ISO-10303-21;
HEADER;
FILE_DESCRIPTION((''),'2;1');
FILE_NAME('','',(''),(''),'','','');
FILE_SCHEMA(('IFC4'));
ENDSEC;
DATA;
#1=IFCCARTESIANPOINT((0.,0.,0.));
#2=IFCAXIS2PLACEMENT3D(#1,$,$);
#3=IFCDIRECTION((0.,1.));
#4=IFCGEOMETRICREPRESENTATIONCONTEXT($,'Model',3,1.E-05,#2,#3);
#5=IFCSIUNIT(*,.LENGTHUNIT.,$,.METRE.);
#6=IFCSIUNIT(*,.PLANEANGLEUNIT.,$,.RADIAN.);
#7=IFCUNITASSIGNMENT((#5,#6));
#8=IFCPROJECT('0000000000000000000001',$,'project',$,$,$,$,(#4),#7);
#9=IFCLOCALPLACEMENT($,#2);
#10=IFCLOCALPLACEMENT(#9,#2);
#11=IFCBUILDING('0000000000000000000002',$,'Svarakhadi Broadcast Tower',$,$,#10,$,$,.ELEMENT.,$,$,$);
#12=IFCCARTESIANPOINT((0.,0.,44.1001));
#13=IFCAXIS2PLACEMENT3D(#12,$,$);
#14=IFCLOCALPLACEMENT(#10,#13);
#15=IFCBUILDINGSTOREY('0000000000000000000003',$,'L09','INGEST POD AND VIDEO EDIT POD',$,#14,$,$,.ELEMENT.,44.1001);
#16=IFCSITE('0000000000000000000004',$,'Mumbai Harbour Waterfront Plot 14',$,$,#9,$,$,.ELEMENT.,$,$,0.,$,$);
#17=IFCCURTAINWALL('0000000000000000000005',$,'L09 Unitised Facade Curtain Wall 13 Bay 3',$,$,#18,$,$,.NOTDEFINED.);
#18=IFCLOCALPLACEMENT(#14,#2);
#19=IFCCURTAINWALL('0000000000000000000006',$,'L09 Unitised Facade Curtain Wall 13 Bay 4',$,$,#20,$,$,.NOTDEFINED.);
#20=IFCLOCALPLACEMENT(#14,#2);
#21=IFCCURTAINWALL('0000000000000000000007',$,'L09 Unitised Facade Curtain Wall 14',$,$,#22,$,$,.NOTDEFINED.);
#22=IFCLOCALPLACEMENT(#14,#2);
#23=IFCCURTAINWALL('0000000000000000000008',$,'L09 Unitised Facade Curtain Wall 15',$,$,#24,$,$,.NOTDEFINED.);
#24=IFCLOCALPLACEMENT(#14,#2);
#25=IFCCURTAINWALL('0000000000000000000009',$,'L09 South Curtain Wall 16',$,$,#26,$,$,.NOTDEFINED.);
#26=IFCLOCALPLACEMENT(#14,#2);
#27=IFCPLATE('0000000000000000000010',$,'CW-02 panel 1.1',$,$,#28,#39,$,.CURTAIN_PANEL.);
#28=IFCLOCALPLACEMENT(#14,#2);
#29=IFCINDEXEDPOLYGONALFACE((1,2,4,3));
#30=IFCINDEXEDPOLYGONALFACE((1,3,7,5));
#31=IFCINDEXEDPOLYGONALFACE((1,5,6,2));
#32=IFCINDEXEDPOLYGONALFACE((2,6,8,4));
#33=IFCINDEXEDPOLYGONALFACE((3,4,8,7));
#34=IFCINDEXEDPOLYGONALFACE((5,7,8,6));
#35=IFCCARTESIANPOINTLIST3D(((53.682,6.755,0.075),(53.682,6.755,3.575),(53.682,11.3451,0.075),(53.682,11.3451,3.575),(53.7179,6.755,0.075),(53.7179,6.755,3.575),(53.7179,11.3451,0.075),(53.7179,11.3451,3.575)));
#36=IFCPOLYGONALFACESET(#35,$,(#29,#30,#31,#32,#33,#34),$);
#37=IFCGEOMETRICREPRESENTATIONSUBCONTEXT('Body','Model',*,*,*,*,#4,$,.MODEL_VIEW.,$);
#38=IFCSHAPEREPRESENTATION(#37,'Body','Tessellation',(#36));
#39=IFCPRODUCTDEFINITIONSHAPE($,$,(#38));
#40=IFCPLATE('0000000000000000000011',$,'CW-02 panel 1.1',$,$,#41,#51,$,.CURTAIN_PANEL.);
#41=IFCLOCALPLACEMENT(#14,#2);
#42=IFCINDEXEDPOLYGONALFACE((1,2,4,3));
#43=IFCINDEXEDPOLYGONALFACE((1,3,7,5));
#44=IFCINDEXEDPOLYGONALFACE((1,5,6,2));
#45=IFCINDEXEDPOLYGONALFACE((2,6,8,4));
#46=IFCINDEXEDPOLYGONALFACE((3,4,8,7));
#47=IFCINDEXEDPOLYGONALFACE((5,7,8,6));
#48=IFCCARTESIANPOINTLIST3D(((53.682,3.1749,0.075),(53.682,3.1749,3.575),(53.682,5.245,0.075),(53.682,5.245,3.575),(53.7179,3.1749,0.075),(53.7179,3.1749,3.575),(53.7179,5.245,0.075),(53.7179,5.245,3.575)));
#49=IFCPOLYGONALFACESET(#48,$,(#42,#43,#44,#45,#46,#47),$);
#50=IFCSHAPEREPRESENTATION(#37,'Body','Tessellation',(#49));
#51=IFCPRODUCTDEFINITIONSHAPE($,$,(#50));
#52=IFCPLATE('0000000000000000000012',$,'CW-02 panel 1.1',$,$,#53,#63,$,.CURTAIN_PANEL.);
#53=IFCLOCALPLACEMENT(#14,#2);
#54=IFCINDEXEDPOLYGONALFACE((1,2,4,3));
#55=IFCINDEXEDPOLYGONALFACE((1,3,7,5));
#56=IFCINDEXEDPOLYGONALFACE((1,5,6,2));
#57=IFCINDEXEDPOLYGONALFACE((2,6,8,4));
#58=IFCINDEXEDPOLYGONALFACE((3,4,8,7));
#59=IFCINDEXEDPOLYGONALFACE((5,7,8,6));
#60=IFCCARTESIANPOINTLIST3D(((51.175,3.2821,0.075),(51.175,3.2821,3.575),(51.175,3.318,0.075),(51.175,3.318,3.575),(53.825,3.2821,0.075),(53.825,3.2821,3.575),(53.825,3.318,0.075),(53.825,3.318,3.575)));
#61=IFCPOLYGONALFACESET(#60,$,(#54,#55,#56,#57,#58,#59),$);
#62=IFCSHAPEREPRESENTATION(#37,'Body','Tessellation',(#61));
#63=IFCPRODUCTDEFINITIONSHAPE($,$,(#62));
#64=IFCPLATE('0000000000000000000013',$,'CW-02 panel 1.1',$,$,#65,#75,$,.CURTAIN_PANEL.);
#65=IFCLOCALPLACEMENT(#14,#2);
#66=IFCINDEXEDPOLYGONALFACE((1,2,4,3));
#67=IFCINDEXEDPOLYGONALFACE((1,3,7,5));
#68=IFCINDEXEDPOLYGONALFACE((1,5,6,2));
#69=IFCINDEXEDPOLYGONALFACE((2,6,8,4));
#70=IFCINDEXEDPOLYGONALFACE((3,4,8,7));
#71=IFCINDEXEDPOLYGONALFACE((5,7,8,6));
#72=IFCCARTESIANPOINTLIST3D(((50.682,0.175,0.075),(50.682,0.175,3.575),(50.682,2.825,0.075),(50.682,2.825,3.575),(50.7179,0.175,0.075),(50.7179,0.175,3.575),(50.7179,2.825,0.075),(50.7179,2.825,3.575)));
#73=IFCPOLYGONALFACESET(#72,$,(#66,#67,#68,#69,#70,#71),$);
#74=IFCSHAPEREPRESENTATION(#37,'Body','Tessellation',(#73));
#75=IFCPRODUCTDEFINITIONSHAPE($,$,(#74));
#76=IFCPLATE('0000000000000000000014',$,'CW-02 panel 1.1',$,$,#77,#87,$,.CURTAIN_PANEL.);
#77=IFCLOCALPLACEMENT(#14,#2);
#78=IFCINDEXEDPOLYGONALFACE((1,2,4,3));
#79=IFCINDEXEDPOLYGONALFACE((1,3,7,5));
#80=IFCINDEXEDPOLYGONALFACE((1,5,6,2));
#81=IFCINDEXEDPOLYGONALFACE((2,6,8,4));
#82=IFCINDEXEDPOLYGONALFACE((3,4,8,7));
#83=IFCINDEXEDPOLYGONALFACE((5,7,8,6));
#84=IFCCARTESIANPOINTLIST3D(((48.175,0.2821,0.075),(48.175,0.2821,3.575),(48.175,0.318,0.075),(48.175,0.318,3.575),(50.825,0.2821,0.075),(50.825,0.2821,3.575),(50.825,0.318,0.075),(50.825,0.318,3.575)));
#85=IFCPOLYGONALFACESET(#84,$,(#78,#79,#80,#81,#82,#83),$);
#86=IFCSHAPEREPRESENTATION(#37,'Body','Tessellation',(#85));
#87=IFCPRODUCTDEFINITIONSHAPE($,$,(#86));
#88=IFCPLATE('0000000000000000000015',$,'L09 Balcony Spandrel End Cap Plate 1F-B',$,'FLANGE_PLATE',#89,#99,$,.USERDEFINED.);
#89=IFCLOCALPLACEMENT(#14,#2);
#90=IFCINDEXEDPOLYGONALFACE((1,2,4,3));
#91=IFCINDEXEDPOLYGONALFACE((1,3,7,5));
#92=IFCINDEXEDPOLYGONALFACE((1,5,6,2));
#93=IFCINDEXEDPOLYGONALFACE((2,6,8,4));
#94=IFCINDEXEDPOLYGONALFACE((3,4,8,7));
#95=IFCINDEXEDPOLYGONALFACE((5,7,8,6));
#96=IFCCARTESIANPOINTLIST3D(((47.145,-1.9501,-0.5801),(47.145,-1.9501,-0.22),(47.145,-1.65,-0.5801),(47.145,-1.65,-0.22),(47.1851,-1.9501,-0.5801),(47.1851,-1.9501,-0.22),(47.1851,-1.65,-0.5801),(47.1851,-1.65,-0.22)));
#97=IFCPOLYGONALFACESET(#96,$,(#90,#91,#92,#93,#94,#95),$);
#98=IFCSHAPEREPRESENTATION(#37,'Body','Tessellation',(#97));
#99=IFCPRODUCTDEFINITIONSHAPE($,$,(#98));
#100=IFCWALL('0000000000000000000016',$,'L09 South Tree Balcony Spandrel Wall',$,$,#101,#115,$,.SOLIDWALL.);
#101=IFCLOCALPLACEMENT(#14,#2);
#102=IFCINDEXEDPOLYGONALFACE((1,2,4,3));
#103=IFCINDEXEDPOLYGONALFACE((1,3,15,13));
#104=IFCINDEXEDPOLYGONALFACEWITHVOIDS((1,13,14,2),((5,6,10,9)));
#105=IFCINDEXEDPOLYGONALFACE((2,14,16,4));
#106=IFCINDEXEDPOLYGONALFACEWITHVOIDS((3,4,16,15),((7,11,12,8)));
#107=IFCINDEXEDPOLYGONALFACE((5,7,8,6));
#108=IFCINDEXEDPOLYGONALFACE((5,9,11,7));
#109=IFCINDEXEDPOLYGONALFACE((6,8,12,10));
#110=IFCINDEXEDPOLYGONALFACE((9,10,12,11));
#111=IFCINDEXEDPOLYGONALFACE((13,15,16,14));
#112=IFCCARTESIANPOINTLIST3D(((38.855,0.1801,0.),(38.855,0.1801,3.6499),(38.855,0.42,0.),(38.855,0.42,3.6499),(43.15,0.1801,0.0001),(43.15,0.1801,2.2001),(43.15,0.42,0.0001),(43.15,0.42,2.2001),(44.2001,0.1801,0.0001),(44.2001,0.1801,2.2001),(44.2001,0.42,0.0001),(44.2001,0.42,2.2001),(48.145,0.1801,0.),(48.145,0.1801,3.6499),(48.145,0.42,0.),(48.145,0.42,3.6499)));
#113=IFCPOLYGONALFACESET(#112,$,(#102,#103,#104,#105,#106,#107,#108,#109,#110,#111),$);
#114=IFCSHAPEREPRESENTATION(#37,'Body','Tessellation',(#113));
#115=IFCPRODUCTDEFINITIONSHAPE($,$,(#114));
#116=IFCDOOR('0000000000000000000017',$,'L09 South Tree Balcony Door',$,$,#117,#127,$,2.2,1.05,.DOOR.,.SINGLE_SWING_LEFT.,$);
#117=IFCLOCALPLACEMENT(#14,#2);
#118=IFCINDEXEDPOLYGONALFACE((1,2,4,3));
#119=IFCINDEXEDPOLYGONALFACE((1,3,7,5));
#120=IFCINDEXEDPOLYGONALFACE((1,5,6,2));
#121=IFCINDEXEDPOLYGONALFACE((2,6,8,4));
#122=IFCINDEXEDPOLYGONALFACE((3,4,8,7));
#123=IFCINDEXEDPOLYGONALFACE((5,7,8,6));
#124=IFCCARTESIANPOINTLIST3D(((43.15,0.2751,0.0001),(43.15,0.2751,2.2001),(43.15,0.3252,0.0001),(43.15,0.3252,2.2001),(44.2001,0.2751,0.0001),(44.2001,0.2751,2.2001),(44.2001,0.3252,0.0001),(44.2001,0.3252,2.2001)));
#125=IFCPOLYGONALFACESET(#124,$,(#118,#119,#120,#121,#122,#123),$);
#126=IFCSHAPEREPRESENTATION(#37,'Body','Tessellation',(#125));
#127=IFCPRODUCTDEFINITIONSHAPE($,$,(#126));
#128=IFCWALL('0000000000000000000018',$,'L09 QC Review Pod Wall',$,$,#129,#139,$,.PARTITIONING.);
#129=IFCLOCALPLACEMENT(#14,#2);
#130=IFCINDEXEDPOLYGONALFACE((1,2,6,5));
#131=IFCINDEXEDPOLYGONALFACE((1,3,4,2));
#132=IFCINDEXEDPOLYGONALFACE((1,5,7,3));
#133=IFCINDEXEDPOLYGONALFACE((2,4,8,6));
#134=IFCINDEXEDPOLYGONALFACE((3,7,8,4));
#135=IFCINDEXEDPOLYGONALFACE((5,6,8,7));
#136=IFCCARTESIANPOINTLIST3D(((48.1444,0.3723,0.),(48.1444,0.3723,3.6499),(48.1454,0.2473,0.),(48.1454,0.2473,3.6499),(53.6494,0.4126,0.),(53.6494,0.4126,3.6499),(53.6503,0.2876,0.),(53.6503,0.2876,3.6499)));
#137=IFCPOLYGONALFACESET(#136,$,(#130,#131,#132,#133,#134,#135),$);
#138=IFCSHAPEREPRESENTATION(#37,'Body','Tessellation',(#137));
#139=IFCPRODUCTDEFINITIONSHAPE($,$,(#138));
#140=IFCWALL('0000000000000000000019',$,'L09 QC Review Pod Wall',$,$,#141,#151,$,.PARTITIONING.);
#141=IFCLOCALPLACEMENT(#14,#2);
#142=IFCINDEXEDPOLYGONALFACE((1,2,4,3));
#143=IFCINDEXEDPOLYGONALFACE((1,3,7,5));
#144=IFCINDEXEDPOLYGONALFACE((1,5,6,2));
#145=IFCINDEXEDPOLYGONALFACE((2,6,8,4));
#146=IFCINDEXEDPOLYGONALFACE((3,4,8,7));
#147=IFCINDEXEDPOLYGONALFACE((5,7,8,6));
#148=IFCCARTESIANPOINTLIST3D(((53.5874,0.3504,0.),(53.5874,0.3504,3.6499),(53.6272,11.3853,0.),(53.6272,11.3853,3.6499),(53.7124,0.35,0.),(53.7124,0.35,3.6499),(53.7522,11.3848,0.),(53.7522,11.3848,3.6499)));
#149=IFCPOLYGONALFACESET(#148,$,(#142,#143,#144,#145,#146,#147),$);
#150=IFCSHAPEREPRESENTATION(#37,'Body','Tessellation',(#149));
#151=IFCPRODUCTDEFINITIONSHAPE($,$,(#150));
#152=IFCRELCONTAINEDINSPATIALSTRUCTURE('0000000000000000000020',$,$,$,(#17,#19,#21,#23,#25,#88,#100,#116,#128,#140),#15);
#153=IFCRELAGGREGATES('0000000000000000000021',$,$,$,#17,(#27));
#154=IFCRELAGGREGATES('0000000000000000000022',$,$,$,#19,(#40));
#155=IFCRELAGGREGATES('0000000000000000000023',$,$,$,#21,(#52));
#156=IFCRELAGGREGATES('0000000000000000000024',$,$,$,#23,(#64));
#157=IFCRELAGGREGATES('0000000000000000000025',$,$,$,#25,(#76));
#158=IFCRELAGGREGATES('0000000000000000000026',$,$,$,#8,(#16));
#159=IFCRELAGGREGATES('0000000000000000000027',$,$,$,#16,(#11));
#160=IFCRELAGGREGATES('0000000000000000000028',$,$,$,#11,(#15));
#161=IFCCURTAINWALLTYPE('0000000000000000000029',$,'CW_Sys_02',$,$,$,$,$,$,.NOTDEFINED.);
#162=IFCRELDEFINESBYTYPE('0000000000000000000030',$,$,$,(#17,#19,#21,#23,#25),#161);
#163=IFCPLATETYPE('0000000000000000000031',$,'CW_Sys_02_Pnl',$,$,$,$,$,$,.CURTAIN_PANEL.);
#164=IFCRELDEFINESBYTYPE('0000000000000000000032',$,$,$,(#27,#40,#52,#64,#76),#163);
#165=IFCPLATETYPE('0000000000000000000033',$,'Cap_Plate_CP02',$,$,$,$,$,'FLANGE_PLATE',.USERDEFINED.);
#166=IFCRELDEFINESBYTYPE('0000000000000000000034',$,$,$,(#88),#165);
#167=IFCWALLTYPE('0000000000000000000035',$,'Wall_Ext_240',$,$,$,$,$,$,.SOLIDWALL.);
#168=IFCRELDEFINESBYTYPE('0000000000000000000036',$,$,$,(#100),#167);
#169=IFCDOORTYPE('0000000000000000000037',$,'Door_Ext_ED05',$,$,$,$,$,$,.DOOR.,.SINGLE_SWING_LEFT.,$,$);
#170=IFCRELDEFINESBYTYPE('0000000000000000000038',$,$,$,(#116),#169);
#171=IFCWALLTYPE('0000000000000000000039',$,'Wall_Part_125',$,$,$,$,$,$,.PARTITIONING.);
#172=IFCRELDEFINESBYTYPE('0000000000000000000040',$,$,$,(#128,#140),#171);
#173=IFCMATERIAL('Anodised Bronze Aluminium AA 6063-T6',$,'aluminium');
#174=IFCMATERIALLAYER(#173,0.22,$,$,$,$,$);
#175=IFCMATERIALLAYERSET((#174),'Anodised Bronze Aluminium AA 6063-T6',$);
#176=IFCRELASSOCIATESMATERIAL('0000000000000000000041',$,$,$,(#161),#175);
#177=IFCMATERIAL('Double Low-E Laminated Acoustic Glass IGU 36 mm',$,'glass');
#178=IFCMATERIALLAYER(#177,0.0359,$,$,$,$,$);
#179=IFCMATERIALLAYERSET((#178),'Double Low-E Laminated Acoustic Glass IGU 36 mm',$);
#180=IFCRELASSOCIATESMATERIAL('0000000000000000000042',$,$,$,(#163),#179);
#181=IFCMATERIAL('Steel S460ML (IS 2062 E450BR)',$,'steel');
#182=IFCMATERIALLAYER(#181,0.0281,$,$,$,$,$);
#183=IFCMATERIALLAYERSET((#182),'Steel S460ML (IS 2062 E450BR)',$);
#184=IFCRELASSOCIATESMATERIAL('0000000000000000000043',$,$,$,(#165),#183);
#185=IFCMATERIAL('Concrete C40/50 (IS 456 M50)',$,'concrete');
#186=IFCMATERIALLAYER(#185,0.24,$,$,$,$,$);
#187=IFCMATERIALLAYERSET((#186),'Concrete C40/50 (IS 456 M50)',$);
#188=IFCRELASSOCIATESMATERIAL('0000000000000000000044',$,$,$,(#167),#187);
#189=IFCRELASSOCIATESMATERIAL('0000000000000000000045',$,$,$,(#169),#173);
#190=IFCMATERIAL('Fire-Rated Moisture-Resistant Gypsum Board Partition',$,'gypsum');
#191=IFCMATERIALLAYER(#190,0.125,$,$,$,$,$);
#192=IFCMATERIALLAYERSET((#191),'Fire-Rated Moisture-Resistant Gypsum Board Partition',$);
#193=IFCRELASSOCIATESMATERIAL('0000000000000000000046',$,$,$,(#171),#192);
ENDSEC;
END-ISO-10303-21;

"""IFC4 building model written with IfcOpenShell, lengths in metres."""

from ifc_helpers import new_model, si_unit, direction, frame, frame_2d, origin, origin_2d, place, context, subcontext, project, spatial, rectangle, extrude, material, layer, layer_set, type_object, element, fill, aggregate, save


model = new_model("IFC4")

# Units and contexts
model_context = context("Model", 3, precision=1e-05, world=origin(), true_north=direction((0.0, 1.0)))
body_context = subcontext(model_context, "Body", "Model", "MODEL_VIEW")
ifc_project = project(units=[si_unit("LENGTHUNIT", "METRE"), si_unit("PLANEANGLEUNIT", "RADIAN")], contexts=[model_context])

# Site, building, storey
site_placement = place(None, origin())
site = spatial("IfcSite", under=ifc_project, at=site_placement, Name="Mumbai Harbour Waterfront Plot 14", CompositionType="ELEMENT", RefElevation=0.0)
building_placement = place(site_placement, origin())
building = spatial("IfcBuilding", under=site, at=building_placement, Name="Svarakhadi Broadcast Tower", CompositionType="ELEMENT")
storey_placement = place(building_placement, frame((0.0, 0.0, 44.1001)))
storey = spatial("IfcBuildingStorey", under=building, at=storey_placement, Name="L09", Description="INGEST POD AND VIDEO EDIT POD", CompositionType="ELEMENT", Elevation=44.1001)

# Shared definitions
ifc_material_1 = material(Name="Steel S460ML (IS 2062 E450BR)", Category="steel")

# Curtain walls
ifc_material_2 = material(Name="Anodised Bronze Aluminium AA 6063-T6", Category="aluminium")
ifc_layer_1 = layer(ifc_material_2, 0.22)
ifc_layer_set_1 = layer_set([ifc_layer_1], Name="Anodised Bronze Aluminium AA 6063-T6")
curtain_wall_type = type_object("IfcCurtainWallType", Name="CW_Sys_02", PredefinedType="NOTDEFINED", material=ifc_layer_set_1)
curtain_wall_1_placement = place(storey_placement, origin())
curtain_wall_1 = element("IfcCurtainWall", 1, at=curtain_wall_1_placement, inside=storey, type_object=curtain_wall_type, Name="L09 Unitised Facade Curtain Wall 13 Bay 3", PredefinedType="NOTDEFINED")
curtain_wall_2_placement = place(storey_placement, origin())
curtain_wall_2 = element("IfcCurtainWall", 2, at=curtain_wall_2_placement, inside=storey, type_object=curtain_wall_type, Name="L09 Unitised Facade Curtain Wall 13 Bay 4", PredefinedType="NOTDEFINED")
curtain_wall_3_placement = place(storey_placement, origin())
curtain_wall_3 = element("IfcCurtainWall", 3, at=curtain_wall_3_placement, inside=storey, type_object=curtain_wall_type, Name="L09 Unitised Facade Curtain Wall 14", PredefinedType="NOTDEFINED")
curtain_wall_4_placement = place(storey_placement, origin())
curtain_wall_4 = element("IfcCurtainWall", 4, at=curtain_wall_4_placement, inside=storey, type_object=curtain_wall_type, Name="L09 Unitised Facade Curtain Wall 15", PredefinedType="NOTDEFINED")
curtain_wall_5_placement = place(storey_placement, origin())
curtain_wall_5 = element("IfcCurtainWall", 5, at=curtain_wall_5_placement, inside=storey, type_object=curtain_wall_type, Name="L09 South Curtain Wall 16", PredefinedType="NOTDEFINED")

# Plates
ifc_material_3 = material(Name="Double Low-E Laminated Acoustic Glass IGU 36 mm", Category="glass")
ifc_layer_2 = layer(ifc_material_3, 0.0359)
ifc_layer_set_2 = layer_set([ifc_layer_2], Name="Double Low-E Laminated Acoustic Glass IGU 36 mm")
plate_type_1 = type_object("IfcPlateType", Name="CW_Sys_02_Pnl", PredefinedType="CURTAIN_PANEL", material=ifc_layer_set_2)
plate_1_placement = place(storey_placement, frame((53.7, 9.05, 0.075), z_axis=(0.0, 0.0, 1.0), x_axis=(0.0, -1.0, 0.0)))
plate_1 = element("IfcPlate", 6, at=plate_1_placement, type_object=plate_type_1, Name="CW-02 panel 1.1", PredefinedType="CURTAIN_PANEL", context=body_context, shape_type="SweptSolid", body=[
    extrude(rectangle(XDim=4.5901, YDim=0.0359, at=origin_2d()), origin(), (0.0, 0.0, 1.0), 3.5),
])
aggregate(curtain_wall_1, [plate_1])
plate_2_placement = place(storey_placement, frame((53.7, 4.21, 0.075), z_axis=(0.0, 0.0, 1.0), x_axis=(0.0, -1.0, 0.0)))
plate_2 = element("IfcPlate", 7, at=plate_2_placement, type_object=plate_type_1, Name="CW-02 panel 1.1", PredefinedType="CURTAIN_PANEL", context=body_context, shape_type="SweptSolid", body=[
    extrude(rectangle(XDim=2.0701, YDim=0.0359, at=origin_2d()), origin(), (0.0, 0.0, 1.0), 3.5),
])
aggregate(curtain_wall_2, [plate_2])
plate_3_placement = place(storey_placement, frame((52.5, 3.3, 0.075), z_axis=(0.0, 0.0, 1.0), x_axis=(-1.0, 0.0, 0.0)))
plate_3 = element("IfcPlate", 8, at=plate_3_placement, type_object=plate_type_1, Name="CW-02 panel 1.1", PredefinedType="CURTAIN_PANEL", context=body_context, shape_type="SweptSolid", body=[
    extrude(rectangle(XDim=2.6499, YDim=0.0359, at=origin_2d()), origin(), (0.0, 0.0, 1.0), 3.5),
])
aggregate(curtain_wall_3, [plate_3])
plate_4_placement = place(storey_placement, frame((50.7, 1.5, 0.075), z_axis=(0.0, 0.0, 1.0), x_axis=(0.0, -1.0, 0.0)))
plate_4 = element("IfcPlate", 9, at=plate_4_placement, type_object=plate_type_1, Name="CW-02 panel 1.1", PredefinedType="CURTAIN_PANEL", context=body_context, shape_type="SweptSolid", body=[
    extrude(rectangle(XDim=2.6499, YDim=0.0359, at=origin_2d()), origin(), (0.0, 0.0, 1.0), 3.5),
])
aggregate(curtain_wall_4, [plate_4])
plate_5_placement = place(storey_placement, frame((49.5, 0.3, 0.075), z_axis=(0.0, 0.0, 1.0), x_axis=(-1.0, 0.0, 0.0)))
plate_5 = element("IfcPlate", 10, at=plate_5_placement, type_object=plate_type_1, Name="CW-02 panel 1.1", PredefinedType="CURTAIN_PANEL", context=body_context, shape_type="SweptSolid", body=[
    extrude(rectangle(XDim=2.6499, YDim=0.0359, at=origin_2d()), origin(), (0.0, 0.0, 1.0), 3.5),
])
aggregate(curtain_wall_5, [plate_5])
ifc_layer_3 = layer(ifc_material_1, 0.0281)
ifc_layer_set_3 = layer_set([ifc_layer_3], Name="Steel S460ML (IS 2062 E450BR)")
plate_type_2 = type_object("IfcPlateType", Name="Cap_Plate_CP02", ElementType="FLANGE_PLATE", PredefinedType="USERDEFINED", material=ifc_layer_set_3)
plate_6_placement = place(storey_placement, frame((47.165, -1.8, -0.5801), z_axis=(0.0, 0.0, 1.0), x_axis=(1.0, 0.0, 0.0)))
element("IfcPlate", 11, at=plate_6_placement, inside=storey, type_object=plate_type_2, Name="L09 Balcony Spandrel End Cap Plate 1F-B", ObjectType="FLANGE_PLATE", PredefinedType="USERDEFINED", context=body_context, shape_type="SweptSolid", body=[
    extrude(rectangle(XDim=0.04, YDim=0.3, at=origin_2d()), origin(), (0.0, 0.0, 1.0), 0.3601),
])

# Wall, opening, door
ifc_material_4 = material(Name="Concrete C40/50 (IS 456 M50)", Category="concrete")
ifc_layer_4 = layer(ifc_material_4, 0.24)
ifc_layer_set_4 = layer_set([ifc_layer_4], Name="Concrete C40/50 (IS 456 M50)")
wall_type_1 = type_object("IfcWallType", Name="Wall_Ext_240", PredefinedType="SOLIDWALL", material=ifc_layer_set_4)
wall_1_placement = place(storey_placement, frame((48.145, 0.3, 0.0), z_axis=(0.0, 0.0, 1.0), x_axis=(-1.0, 0.0, 0.0)))
wall_1 = element("IfcWall", 12, at=wall_1_placement, inside=storey, type_object=wall_type_1, Name="L09 South Tree Balcony Spandrel Wall", PredefinedType="SOLIDWALL", context=body_context, shape_type="SweptSolid", body=[
    extrude(rectangle(XDim=9.29, YDim=0.24, at=frame_2d((4.645, 0.0))), origin(), (0.0, 0.0, 1.0), 3.6499),
])
opening_placement = place(wall_1_placement, frame((3.9451, 0.0, 0.0)))
opening = element("IfcOpeningElement", 13, at=opening_placement, cuts=wall_1, PredefinedType="OPENING", context=body_context, shape_type="SweptSolid", body=[
    extrude(rectangle(XDim=1.05, YDim=2.2, at=frame_2d((0.5249, 1.1001))), frame((0.0, 0.1299, 0.0), z_axis=(0.0, -1.0, 0.0), x_axis=(1.0, 0.0, 0.0)), (0.0, 0.0, 1.0), 0.26),
])
door_type = type_object("IfcDoorType", Name="Door_Ext_ED05", OperationType="SINGLE_SWING_LEFT", PredefinedType="DOOR", material=ifc_material_2)
door_placement = place(opening_placement, origin())
door = element("IfcDoor", 14, at=door_placement, inside=storey, type_object=door_type, Name="L09 South Tree Balcony Door", OperationType="SINGLE_SWING_LEFT", OverallHeight=2.2, OverallWidth=1.05, PredefinedType="DOOR", context=body_context, shape_type="SweptSolid", body=[
    extrude(rectangle(XDim=1.05, YDim=2.2, at=frame_2d((0.5249, 1.1001))), frame((0.0, 0.0249, 0.0), z_axis=(0.0, -1.0, 0.0), x_axis=(1.0, 0.0, 0.0)), (0.0, 0.0, 1.0), 0.05),
])
fill(opening, door)

# Walls
ifc_material_5 = material(Name="Fire-Rated Moisture-Resistant Gypsum Board Partition", Category="gypsum")
ifc_layer_5 = layer(ifc_material_5, 0.125)
ifc_layer_set_5 = layer_set([ifc_layer_5], Name="Fire-Rated Moisture-Resistant Gypsum Board Partition")
wall_type_2 = type_object("IfcWallType", Name="Wall_Part_125", PredefinedType="PARTITIONING", material=ifc_layer_set_5)
wall_2_placement = place(storey_placement, frame((48.145, 0.3098, 0.0), z_axis=(0.0, 0.0, 1.0), x_axis=(0.999973, 0.007318, 0.0)))
element("IfcWall", 15, at=wall_2_placement, inside=storey, type_object=wall_type_2, Name="L09 QC Review Pod Wall", PredefinedType="PARTITIONING", context=body_context, shape_type="SweptSolid", body=[
    extrude(rectangle(XDim=5.5051, YDim=0.125, at=frame_2d((2.7524, 0.0))), origin(), (0.0, 0.0, 1.0), 3.6499),
])
wall_3_placement = place(storey_placement, frame((53.6499, 0.3501, 0.0), z_axis=(0.0, 0.0, 1.0), x_axis=(0.003606, 0.999993, 0.0)))
element("IfcWall", 16, at=wall_3_placement, inside=storey, type_object=wall_type_2, Name="L09 QC Review Pod Wall", PredefinedType="PARTITIONING", context=body_context, shape_type="SweptSolid", body=[
    extrude(rectangle(XDim=11.0349, YDim=0.125, at=frame_2d((5.5176, 0.0))), origin(), (0.0, 0.0, 1.0), 3.6499),
])

save(model, "model.ifc")
